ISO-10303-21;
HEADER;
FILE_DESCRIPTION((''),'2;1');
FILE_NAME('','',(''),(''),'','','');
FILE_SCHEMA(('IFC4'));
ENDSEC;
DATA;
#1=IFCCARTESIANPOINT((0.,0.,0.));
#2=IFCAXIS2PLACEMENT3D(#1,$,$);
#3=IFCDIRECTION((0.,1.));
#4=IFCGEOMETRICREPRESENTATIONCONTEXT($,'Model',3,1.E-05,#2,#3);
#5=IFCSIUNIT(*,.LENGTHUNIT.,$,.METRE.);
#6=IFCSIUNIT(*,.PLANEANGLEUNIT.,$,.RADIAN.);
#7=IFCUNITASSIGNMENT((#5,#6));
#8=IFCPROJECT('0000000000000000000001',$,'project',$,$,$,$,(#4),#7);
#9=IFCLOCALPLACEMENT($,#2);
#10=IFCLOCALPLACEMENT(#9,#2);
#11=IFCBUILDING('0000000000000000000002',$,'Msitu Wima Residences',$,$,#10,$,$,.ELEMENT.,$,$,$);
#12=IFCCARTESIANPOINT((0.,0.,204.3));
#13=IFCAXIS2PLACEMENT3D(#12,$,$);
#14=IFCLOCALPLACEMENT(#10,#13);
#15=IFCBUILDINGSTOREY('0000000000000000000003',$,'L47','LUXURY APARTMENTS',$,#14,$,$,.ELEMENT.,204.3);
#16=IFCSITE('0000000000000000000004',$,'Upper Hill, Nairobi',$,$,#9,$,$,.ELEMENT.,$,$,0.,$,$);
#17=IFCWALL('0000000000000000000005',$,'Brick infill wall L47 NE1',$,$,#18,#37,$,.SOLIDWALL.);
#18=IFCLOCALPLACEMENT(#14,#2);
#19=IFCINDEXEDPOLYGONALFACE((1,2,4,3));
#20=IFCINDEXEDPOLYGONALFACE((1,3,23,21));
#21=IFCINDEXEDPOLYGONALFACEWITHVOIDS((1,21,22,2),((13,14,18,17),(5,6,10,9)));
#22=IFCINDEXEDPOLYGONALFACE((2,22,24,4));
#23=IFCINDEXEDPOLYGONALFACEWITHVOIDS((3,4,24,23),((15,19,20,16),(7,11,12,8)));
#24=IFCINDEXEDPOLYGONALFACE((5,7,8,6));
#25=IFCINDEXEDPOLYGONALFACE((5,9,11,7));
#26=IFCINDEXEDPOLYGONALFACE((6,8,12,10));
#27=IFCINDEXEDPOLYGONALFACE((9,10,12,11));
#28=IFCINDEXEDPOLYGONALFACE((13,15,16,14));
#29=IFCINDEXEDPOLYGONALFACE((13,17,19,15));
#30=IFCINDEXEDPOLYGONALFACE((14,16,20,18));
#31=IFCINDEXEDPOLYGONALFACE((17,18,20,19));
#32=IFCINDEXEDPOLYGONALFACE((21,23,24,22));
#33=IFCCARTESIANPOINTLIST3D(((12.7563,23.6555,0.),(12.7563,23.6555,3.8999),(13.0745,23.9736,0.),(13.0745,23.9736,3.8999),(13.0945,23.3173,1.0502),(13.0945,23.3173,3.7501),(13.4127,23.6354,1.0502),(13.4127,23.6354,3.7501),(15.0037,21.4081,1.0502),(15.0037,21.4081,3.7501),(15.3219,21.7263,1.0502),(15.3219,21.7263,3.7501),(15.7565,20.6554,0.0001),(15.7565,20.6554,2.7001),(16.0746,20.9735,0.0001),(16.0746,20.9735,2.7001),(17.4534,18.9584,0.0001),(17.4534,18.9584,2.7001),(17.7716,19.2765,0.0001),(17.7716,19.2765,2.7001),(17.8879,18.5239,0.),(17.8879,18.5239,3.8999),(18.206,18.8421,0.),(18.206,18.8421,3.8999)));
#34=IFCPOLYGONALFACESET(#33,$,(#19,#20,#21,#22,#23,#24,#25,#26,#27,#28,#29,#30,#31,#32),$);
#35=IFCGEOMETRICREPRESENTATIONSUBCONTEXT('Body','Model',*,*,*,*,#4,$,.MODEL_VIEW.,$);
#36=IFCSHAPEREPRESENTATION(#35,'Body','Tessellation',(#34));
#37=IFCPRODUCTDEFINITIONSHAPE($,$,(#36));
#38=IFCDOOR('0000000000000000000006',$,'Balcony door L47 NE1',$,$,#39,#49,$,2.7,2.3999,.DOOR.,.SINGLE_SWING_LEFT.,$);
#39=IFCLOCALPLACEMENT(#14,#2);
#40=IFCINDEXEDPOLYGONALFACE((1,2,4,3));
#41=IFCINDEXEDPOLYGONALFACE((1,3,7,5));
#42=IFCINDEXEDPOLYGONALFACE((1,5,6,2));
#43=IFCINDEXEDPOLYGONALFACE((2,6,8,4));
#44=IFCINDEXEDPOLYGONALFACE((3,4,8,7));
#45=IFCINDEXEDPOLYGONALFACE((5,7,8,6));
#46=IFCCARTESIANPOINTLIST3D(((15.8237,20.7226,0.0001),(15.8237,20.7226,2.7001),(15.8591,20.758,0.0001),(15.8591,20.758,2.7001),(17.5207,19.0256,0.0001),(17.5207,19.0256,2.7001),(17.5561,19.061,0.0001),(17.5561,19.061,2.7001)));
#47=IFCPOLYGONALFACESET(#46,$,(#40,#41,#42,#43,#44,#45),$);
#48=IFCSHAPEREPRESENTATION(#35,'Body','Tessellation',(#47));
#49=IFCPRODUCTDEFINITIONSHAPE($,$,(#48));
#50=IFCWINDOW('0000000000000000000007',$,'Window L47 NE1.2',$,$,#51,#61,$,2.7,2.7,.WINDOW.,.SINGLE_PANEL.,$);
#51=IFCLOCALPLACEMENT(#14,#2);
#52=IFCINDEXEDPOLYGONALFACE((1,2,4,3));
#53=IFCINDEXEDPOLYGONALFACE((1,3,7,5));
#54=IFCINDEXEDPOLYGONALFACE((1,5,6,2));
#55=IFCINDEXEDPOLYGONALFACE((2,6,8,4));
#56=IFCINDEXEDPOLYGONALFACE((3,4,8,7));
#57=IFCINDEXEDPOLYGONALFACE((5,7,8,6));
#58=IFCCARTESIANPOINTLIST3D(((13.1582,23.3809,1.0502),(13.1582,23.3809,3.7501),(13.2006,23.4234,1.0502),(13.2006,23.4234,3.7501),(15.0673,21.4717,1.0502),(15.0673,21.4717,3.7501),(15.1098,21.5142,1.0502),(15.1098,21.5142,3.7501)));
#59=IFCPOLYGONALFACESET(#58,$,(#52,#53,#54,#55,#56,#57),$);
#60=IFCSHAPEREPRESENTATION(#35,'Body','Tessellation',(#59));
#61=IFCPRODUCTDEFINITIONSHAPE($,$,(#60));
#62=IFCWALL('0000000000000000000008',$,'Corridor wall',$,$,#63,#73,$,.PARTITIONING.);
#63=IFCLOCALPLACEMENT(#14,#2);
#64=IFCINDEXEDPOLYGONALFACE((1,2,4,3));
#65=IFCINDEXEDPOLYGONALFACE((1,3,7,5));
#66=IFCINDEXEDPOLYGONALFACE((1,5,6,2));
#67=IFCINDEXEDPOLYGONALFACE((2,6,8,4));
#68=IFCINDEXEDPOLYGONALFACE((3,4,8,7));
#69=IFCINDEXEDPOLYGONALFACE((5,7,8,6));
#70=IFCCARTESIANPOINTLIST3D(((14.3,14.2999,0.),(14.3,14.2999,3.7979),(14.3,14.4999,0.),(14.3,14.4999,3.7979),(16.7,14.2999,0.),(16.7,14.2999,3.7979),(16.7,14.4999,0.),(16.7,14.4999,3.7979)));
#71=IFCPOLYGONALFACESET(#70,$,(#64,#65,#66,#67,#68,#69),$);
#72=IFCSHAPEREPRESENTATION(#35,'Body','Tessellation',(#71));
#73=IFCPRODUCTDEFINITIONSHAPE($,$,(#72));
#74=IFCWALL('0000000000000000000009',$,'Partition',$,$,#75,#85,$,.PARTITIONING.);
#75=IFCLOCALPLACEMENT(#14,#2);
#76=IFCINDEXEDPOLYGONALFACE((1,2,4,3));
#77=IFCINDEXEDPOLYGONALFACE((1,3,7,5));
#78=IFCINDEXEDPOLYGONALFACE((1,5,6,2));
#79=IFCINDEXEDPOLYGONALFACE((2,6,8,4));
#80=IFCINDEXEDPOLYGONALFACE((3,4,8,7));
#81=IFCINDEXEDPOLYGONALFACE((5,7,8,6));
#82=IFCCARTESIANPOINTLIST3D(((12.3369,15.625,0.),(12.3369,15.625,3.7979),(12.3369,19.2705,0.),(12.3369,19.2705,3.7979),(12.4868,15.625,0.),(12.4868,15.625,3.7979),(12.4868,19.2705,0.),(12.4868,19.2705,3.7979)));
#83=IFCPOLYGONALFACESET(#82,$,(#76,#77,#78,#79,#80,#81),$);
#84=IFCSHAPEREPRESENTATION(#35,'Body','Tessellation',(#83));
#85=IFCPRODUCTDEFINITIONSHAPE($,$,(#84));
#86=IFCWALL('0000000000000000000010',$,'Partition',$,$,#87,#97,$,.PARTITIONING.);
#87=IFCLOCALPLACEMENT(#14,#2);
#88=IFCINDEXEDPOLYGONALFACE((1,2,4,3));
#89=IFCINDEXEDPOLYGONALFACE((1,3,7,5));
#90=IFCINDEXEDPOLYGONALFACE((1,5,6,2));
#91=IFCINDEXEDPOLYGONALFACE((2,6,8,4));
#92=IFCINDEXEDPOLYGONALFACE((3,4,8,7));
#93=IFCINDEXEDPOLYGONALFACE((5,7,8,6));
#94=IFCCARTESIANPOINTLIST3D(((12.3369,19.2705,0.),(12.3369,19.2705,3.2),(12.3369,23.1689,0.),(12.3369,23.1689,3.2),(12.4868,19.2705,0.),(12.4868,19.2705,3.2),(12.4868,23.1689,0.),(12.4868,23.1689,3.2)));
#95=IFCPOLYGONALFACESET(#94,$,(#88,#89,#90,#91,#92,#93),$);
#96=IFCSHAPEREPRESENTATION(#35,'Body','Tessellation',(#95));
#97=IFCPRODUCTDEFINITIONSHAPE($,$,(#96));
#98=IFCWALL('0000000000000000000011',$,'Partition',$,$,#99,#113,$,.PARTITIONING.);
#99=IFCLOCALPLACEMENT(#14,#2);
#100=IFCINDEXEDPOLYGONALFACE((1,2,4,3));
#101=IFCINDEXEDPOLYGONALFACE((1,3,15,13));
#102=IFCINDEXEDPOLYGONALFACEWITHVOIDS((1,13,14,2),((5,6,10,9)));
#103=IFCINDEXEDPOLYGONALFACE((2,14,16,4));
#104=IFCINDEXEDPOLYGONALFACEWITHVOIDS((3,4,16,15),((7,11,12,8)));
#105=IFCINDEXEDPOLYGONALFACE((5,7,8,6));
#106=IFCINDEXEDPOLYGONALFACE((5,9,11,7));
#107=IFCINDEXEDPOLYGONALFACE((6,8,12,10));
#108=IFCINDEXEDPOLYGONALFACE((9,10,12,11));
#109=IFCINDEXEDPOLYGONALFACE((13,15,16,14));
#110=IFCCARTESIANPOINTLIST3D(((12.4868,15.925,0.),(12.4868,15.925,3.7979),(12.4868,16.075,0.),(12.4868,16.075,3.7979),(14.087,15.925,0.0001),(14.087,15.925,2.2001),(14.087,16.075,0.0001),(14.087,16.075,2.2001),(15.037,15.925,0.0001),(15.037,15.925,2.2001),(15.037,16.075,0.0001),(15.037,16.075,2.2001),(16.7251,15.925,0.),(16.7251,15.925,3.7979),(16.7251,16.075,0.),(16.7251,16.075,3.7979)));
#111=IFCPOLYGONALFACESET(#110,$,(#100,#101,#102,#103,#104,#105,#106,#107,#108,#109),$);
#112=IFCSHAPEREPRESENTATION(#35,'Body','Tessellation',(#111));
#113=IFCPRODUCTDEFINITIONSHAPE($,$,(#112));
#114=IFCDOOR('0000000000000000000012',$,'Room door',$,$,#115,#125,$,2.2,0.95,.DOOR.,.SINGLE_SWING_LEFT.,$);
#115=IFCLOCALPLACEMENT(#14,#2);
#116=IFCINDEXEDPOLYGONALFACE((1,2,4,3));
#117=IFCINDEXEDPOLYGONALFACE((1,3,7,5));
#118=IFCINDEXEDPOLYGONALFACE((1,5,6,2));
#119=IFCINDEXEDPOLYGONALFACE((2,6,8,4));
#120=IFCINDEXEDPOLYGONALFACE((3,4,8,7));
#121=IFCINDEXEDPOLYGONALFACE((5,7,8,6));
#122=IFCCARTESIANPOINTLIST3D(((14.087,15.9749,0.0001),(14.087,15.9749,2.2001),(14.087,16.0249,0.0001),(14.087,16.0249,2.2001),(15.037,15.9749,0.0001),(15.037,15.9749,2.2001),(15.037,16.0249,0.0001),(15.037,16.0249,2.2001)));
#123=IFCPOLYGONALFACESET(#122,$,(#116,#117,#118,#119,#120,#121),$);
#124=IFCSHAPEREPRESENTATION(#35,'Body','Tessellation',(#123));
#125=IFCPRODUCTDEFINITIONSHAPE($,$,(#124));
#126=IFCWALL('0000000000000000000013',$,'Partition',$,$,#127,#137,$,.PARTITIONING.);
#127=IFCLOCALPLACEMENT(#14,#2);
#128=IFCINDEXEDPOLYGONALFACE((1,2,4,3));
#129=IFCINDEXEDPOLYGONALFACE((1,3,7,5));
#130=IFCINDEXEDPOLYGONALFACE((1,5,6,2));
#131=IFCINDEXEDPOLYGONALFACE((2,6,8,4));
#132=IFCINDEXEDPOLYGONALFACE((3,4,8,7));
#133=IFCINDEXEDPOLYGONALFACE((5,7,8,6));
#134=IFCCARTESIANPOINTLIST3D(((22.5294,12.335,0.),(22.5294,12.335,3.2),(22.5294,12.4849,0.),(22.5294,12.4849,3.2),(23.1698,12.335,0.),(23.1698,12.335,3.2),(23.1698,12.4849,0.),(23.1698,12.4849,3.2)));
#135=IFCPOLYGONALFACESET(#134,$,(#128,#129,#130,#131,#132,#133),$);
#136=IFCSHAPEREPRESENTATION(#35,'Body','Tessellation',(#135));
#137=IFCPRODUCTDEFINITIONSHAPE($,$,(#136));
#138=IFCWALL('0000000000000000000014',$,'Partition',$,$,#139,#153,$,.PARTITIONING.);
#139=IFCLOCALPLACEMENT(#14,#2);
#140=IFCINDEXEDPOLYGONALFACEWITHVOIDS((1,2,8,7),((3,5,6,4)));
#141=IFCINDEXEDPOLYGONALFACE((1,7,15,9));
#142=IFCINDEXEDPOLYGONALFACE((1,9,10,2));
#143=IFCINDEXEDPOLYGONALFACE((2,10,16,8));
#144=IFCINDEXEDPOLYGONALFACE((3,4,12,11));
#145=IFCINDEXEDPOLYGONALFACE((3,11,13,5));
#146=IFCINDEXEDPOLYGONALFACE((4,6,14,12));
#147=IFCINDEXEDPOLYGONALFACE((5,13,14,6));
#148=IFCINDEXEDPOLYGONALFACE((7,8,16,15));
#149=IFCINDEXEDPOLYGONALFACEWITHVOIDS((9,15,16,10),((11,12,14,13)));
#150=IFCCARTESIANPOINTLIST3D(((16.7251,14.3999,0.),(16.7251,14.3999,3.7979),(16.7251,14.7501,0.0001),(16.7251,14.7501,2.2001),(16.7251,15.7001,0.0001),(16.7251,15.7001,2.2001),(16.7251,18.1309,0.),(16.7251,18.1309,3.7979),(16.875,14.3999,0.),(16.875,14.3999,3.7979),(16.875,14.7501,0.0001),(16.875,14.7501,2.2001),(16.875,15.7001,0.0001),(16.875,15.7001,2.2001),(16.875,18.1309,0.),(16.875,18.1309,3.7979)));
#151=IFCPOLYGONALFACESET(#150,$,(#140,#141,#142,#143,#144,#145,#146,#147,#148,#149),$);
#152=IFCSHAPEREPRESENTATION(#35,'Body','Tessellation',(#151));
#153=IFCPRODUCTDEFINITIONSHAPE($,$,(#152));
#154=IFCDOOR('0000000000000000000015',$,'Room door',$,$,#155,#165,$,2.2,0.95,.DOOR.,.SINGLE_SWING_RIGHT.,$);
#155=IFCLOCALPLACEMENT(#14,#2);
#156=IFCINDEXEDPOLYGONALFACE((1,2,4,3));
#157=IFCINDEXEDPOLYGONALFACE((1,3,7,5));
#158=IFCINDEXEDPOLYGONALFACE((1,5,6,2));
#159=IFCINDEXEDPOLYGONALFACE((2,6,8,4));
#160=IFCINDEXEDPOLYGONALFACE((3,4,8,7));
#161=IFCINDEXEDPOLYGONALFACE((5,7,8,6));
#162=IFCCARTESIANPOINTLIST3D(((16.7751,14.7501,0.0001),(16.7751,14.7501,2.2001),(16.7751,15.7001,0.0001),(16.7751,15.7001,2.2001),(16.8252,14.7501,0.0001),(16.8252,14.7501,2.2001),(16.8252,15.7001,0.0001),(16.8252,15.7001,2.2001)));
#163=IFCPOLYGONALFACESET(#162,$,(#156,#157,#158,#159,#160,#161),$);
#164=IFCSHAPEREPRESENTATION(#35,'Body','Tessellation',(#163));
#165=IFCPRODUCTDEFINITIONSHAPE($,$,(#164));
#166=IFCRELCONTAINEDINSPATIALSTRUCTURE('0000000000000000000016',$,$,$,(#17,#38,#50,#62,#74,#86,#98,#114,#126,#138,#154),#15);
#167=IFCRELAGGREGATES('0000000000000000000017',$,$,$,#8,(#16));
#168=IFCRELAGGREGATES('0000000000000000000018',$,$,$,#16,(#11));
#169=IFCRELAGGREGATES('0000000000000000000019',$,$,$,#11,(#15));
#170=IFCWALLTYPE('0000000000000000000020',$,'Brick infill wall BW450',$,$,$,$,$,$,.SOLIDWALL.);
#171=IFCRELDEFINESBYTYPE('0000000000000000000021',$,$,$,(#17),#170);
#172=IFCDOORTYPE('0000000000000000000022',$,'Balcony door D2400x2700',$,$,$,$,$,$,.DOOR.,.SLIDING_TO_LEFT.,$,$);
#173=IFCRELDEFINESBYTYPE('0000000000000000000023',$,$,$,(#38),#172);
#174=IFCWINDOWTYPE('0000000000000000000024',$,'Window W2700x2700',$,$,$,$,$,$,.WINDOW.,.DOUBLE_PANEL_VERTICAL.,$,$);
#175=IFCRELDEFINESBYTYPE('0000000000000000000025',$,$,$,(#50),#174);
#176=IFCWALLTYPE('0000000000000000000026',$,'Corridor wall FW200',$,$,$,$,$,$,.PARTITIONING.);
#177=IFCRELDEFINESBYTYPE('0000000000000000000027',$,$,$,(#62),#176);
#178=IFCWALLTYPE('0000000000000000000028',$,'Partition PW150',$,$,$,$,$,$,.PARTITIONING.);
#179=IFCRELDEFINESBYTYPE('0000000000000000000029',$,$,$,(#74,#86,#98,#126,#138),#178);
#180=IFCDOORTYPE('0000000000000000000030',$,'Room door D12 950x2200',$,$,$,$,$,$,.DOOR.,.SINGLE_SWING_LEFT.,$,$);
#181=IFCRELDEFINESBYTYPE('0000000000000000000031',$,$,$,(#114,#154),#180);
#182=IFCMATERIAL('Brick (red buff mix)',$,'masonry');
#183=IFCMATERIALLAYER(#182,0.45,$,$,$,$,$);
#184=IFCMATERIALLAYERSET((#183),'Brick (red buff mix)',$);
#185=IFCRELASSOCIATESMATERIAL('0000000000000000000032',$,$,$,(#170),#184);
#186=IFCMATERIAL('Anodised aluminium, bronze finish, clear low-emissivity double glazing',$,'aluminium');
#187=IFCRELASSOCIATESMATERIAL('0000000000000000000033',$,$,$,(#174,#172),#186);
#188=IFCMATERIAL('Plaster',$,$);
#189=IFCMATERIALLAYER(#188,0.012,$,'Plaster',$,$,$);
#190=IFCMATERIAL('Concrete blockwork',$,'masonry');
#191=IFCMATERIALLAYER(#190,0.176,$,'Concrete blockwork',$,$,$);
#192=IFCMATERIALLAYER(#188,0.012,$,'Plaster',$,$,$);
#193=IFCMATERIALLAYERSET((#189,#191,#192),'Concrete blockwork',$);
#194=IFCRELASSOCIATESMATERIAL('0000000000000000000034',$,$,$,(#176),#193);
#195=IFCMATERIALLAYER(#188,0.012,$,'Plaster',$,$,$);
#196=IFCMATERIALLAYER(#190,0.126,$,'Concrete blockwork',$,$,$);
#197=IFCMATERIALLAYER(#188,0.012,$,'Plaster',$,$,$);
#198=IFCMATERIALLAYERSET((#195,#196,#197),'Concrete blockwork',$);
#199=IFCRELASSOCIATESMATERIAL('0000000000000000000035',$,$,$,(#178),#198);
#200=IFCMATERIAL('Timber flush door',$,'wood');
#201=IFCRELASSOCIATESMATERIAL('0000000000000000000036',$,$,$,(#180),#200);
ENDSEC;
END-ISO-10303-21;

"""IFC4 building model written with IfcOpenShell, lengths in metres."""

from ifc_helpers import new_model, si_unit, direction, frame, frame_2d, origin, place, context, subcontext, project, spatial, rectangle, extrude, material, layer, layer_set, type_object, element, fill, save


model = new_model("IFC4")

# Units and contexts
model_context = context("Model", 3, precision=1e-05, world=origin(), true_north=direction((0.0, 1.0)))
body_context = subcontext(model_context, "Body", "Model", "MODEL_VIEW")
ifc_project = project(units=[si_unit("LENGTHUNIT", "METRE"), si_unit("PLANEANGLEUNIT", "RADIAN")], contexts=[model_context])

# Site, building, storey
site_placement = place(None, origin())
site = spatial("IfcSite", under=ifc_project, at=site_placement, Name="Upper Hill, Nairobi", CompositionType="ELEMENT", RefElevation=0.0)
building_placement = place(site_placement, origin())
building = spatial("IfcBuilding", under=site, at=building_placement, Name="Msitu Wima Residences", CompositionType="ELEMENT")
storey_placement = place(building_placement, frame((0.0, 0.0, 204.3)))
storey = spatial("IfcBuildingStorey", under=building, at=storey_placement, Name="L47", Description="LUXURY APARTMENTS", CompositionType="ELEMENT", Elevation=204.3)

# Shared definitions
ifc_material_1 = material(Name="Brick (red buff mix)", Category="masonry")
ifc_layer_1 = layer(ifc_material_1, 0.45)
ifc_layer_set_1 = layer_set([ifc_layer_1], Name="Brick (red buff mix)")
wall_type_1 = type_object("IfcWallType", Name="Brick infill wall BW450", PredefinedType="SOLIDWALL", material=ifc_layer_set_1)
ifc_material_2 = material(Name="Anodised aluminium, bronze finish, clear low-emissivity double glazing", Category="aluminium")
window_type = type_object("IfcWindowType", Name="Window W2700x2700", PartitioningType="DOUBLE_PANEL_VERTICAL", PredefinedType="WINDOW", material=ifc_material_2)

# Wall, openings, door, window
wall_1_placement = place(storey_placement, frame((18.0469, 18.6831, 0.0), z_axis=(0.0, 0.0, 1.0), x_axis=(-0.707107, 0.707107, 0.0)))
wall_1 = element("IfcWall", 1, at=wall_1_placement, inside=storey, type_object=wall_type_1, Name="Brick infill wall L47 NE1", PredefinedType="SOLIDWALL", context=body_context, shape_type="SweptSolid", body=[
    extrude(rectangle(XDim=7.2571, YDim=0.45, at=frame_2d((3.6284, 0.0))), origin(), (0.0, 0.0, 1.0), 3.8999),
])
opening_1_placement = place(wall_1_placement, frame((0.6143, 0.0, 0.0)))
opening_1 = element("IfcOpeningElement", 2, at=opening_1_placement, cuts=wall_1, PredefinedType="OPENING", context=body_context, shape_type="SweptSolid", body=[
    extrude(rectangle(XDim=2.3999, YDim=2.7, at=frame_2d((1.2, 1.3501))), frame((0.0, 0.2349, 0.0), z_axis=(0.0, -1.0, 0.0), x_axis=(1.0, 0.0, 0.0)), (0.0, 0.0, 1.0), 0.47),
])
opening_2_placement = place(wall_1_placement, frame((4.0786, 0.0, 1.05)))
opening_2 = element("IfcOpeningElement", 3, at=opening_2_placement, cuts=wall_1, PredefinedType="OPENING", context=body_context, shape_type="SweptSolid", body=[
    extrude(rectangle(XDim=2.7, YDim=2.7, at=frame_2d((1.3501, 1.3501))), frame((0.0, 0.2349, 0.0), z_axis=(0.0, -1.0, 0.0), x_axis=(1.0, 0.0, 0.0)), (0.0, 0.0, 1.0), 0.47),
])
door_type_1 = type_object("IfcDoorType", Name="Balcony door D2400x2700", OperationType="SLIDING_TO_LEFT", PredefinedType="DOOR", material=ifc_material_2)
door_1_placement = place(opening_1_placement, origin())
door_1 = element("IfcDoor", 4, at=door_1_placement, inside=storey, type_object=door_type_1, Name="Balcony door L47 NE1", OperationType="SINGLE_SWING_LEFT", OverallHeight=2.7, OverallWidth=2.3999, PredefinedType="DOOR", context=body_context, shape_type="SweptSolid", body=[
    extrude(rectangle(XDim=2.3999, YDim=2.7, at=frame_2d((1.2, 1.3501))), frame((0.0, 0.1299, 0.0), z_axis=(0.0, -1.0, 0.0), x_axis=(1.0, 0.0, 0.0)), (0.0, 0.0, 1.0), 0.05),
])
fill(opening_1, door_1)
window_1_placement = place(opening_2_placement, origin())
window_1 = element("IfcWindow", 5, at=window_1_placement, inside=storey, type_object=window_type, Name="Window L47 NE1.2", OverallHeight=2.7, OverallWidth=2.7, PartitioningType="SINGLE_PANEL", PredefinedType="WINDOW", context=body_context, shape_type="SweptSolid", body=[
    extrude(rectangle(XDim=2.7, YDim=2.7, at=frame_2d((1.3501, 1.3501))), frame((0.0, 0.135, 0.0), z_axis=(0.0, -1.0, 0.0), x_axis=(1.0, 0.0, 0.0)), (0.0, 0.0, 1.0), 0.0601),
])
fill(opening_2, window_1)

# Walls
ifc_material_3 = material(Name="Plaster")
ifc_layer_2 = layer(ifc_material_3, 0.012, Name="Plaster")
ifc_material_4 = material(Name="Concrete blockwork", Category="masonry")
ifc_layer_3 = layer(ifc_material_4, 0.176, Name="Concrete blockwork")
ifc_layer_4 = layer(ifc_material_3, 0.012, Name="Plaster")
ifc_layer_set_2 = layer_set([ifc_layer_2, ifc_layer_3, ifc_layer_4], Name="Concrete blockwork")
wall_type_2 = type_object("IfcWallType", Name="Corridor wall FW200", PredefinedType="PARTITIONING", material=ifc_layer_set_2)
wall_2_placement = place(storey_placement, frame((14.3, 14.3999, 0.0), z_axis=(0.0, 0.0, 1.0), x_axis=(1.0, 0.0, 0.0)))
element("IfcWall", 6, at=wall_2_placement, inside=storey, type_object=wall_type_2, Name="Corridor wall", PredefinedType="PARTITIONING", context=body_context, shape_type="SweptSolid", body=[
    extrude(rectangle(XDim=2.3999, YDim=0.2, at=frame_2d((1.2, 0.0))), origin(), (0.0, 0.0, 1.0), 3.7979),
])
ifc_layer_5 = layer(ifc_material_3, 0.012, Name="Plaster")
ifc_layer_6 = layer(ifc_material_4, 0.126, Name="Concrete blockwork")
ifc_layer_7 = layer(ifc_material_3, 0.012, Name="Plaster")
ifc_layer_set_3 = layer_set([ifc_layer_5, ifc_layer_6, ifc_layer_7], Name="Concrete blockwork")
wall_type_3 = type_object("IfcWallType", Name="Partition PW150", PredefinedType="PARTITIONING", material=ifc_layer_set_3)
wall_3_placement = place(storey_placement, frame((12.4119, 15.625, 0.0), z_axis=(0.0, 0.0, 1.0), x_axis=(0.0, 1.0, 0.0)))
element("IfcWall", 7, at=wall_3_placement, inside=storey, type_object=wall_type_3, Name="Partition", PredefinedType="PARTITIONING", context=body_context, shape_type="SweptSolid", body=[
    extrude(rectangle(XDim=3.6455, YDim=0.1499, at=frame_2d((1.8228, 0.0))), origin(), (0.0, 0.0, 1.0), 3.7979),
])
wall_4_placement = place(storey_placement, frame((12.4119, 19.2705, 0.0), z_axis=(0.0, 0.0, 1.0), x_axis=(0.0, 1.0, 0.0)))
element("IfcWall", 8, at=wall_4_placement, inside=storey, type_object=wall_type_3, Name="Partition", PredefinedType="PARTITIONING", context=body_context, shape_type="SweptSolid", body=[
    extrude(rectangle(XDim=3.8984, YDim=0.1499, at=frame_2d((1.9492, 0.0))), origin(), (0.0, 0.0, 1.0), 3.2),
])

# Wall, opening, door
wall_5_placement = place(storey_placement, frame((12.4868, 16.0, 0.0), z_axis=(0.0, 0.0, 1.0), x_axis=(1.0, 0.0, 0.0)))
wall_5 = element("IfcWall", 9, at=wall_5_placement, inside=storey, type_object=wall_type_3, Name="Partition", PredefinedType="PARTITIONING", context=body_context, shape_type="SweptSolid", body=[
    extrude(rectangle(XDim=4.2383, YDim=0.1499, at=frame_2d((2.1191, 0.0))), origin(), (0.0, 0.0, 1.0), 3.7979),
])
opening_3_placement = place(wall_5_placement, frame((1.6001, 0.0, 0.0)))
opening_3 = element("IfcOpeningElement", 10, at=opening_3_placement, cuts=wall_5, PredefinedType="OPENING", context=body_context, shape_type="SweptSolid", body=[
    extrude(rectangle(XDim=0.95, YDim=2.2, at=frame_2d((0.4751, 1.1001))), frame((0.0, 0.085, 0.0), z_axis=(0.0, -1.0, 0.0), x_axis=(1.0, 0.0, 0.0)), (0.0, 0.0, 1.0), 0.1699),
])
ifc_material_5 = material(Name="Timber flush door", Category="wood")
door_type_2 = type_object("IfcDoorType", Name="Room door D12 950x2200", OperationType="SINGLE_SWING_LEFT", PredefinedType="DOOR", material=ifc_material_5)
door_2_placement = place(opening_3_placement, origin())
door_2 = element("IfcDoor", 11, at=door_2_placement, inside=storey, type_object=door_type_2, Name="Room door", OperationType="SINGLE_SWING_LEFT", OverallHeight=2.2, OverallWidth=0.95, PredefinedType="DOOR", context=body_context, shape_type="SweptSolid", body=[
    extrude(rectangle(XDim=0.95, YDim=2.2, at=frame_2d((0.4751, 1.1001))), frame((0.0, 0.0249, 0.0), z_axis=(0.0, -1.0, 0.0), x_axis=(1.0, 0.0, 0.0)), (0.0, 0.0, 1.0), 0.05),
])
fill(opening_3, door_2)

# Wall
wall_6_placement = place(storey_placement, frame((22.5293, 12.4099, 0.0), z_axis=(0.0, 0.0, 1.0), x_axis=(1.0, 0.0, 0.0)))
element("IfcWall", 12, at=wall_6_placement, inside=storey, type_object=wall_type_3, Name="Partition", PredefinedType="PARTITIONING", context=body_context, shape_type="SweptSolid", body=[
    extrude(rectangle(XDim=0.6404, YDim=0.1499, at=frame_2d((0.3203, 0.0))), origin(), (0.0, 0.0, 1.0), 3.2),
])

# Wall, opening, door
wall_7_placement = place(storey_placement, frame((16.8, 14.3999, 0.0), z_axis=(0.0, 0.0, 1.0), x_axis=(0.0, 1.0, 0.0)))
wall_7 = element("IfcWall", 13, at=wall_7_placement, inside=storey, type_object=wall_type_3, Name="Partition", PredefinedType="PARTITIONING", context=body_context, shape_type="SweptSolid", body=[
    extrude(rectangle(XDim=3.731, YDim=0.1499, at=frame_2d((1.8655, 0.0))), origin(), (0.0, 0.0, 1.0), 3.7979),
])
opening_4_placement = place(wall_7_placement, frame((0.3501, 0.0, 0.0)))
opening_4 = element("IfcOpeningElement", 14, at=opening_4_placement, cuts=wall_7, PredefinedType="OPENING", context=body_context, shape_type="SweptSolid", body=[
    extrude(rectangle(XDim=0.95, YDim=2.2, at=frame_2d((0.4751, 1.1001))), frame((0.0, 0.085, 0.0), z_axis=(0.0, -1.0, 0.0), x_axis=(1.0, 0.0, 0.0)), (0.0, 0.0, 1.0), 0.1699),
])
door_3_placement = place(opening_4_placement, origin())
door_3 = element("IfcDoor", 15, at=door_3_placement, inside=storey, type_object=door_type_2, Name="Room door", OperationType="SINGLE_SWING_RIGHT", OverallHeight=2.2, OverallWidth=0.95, PredefinedType="DOOR", context=body_context, shape_type="SweptSolid", body=[
    extrude(rectangle(XDim=0.95, YDim=2.2, at=frame_2d((0.4751, 1.1001))), frame((0.0, 0.0249, 0.0), z_axis=(0.0, -1.0, 0.0), x_axis=(1.0, 0.0, 0.0)), (0.0, 0.0, 1.0), 0.05),
])
fill(opening_4, door_3)

save(model, "model.ifc")
